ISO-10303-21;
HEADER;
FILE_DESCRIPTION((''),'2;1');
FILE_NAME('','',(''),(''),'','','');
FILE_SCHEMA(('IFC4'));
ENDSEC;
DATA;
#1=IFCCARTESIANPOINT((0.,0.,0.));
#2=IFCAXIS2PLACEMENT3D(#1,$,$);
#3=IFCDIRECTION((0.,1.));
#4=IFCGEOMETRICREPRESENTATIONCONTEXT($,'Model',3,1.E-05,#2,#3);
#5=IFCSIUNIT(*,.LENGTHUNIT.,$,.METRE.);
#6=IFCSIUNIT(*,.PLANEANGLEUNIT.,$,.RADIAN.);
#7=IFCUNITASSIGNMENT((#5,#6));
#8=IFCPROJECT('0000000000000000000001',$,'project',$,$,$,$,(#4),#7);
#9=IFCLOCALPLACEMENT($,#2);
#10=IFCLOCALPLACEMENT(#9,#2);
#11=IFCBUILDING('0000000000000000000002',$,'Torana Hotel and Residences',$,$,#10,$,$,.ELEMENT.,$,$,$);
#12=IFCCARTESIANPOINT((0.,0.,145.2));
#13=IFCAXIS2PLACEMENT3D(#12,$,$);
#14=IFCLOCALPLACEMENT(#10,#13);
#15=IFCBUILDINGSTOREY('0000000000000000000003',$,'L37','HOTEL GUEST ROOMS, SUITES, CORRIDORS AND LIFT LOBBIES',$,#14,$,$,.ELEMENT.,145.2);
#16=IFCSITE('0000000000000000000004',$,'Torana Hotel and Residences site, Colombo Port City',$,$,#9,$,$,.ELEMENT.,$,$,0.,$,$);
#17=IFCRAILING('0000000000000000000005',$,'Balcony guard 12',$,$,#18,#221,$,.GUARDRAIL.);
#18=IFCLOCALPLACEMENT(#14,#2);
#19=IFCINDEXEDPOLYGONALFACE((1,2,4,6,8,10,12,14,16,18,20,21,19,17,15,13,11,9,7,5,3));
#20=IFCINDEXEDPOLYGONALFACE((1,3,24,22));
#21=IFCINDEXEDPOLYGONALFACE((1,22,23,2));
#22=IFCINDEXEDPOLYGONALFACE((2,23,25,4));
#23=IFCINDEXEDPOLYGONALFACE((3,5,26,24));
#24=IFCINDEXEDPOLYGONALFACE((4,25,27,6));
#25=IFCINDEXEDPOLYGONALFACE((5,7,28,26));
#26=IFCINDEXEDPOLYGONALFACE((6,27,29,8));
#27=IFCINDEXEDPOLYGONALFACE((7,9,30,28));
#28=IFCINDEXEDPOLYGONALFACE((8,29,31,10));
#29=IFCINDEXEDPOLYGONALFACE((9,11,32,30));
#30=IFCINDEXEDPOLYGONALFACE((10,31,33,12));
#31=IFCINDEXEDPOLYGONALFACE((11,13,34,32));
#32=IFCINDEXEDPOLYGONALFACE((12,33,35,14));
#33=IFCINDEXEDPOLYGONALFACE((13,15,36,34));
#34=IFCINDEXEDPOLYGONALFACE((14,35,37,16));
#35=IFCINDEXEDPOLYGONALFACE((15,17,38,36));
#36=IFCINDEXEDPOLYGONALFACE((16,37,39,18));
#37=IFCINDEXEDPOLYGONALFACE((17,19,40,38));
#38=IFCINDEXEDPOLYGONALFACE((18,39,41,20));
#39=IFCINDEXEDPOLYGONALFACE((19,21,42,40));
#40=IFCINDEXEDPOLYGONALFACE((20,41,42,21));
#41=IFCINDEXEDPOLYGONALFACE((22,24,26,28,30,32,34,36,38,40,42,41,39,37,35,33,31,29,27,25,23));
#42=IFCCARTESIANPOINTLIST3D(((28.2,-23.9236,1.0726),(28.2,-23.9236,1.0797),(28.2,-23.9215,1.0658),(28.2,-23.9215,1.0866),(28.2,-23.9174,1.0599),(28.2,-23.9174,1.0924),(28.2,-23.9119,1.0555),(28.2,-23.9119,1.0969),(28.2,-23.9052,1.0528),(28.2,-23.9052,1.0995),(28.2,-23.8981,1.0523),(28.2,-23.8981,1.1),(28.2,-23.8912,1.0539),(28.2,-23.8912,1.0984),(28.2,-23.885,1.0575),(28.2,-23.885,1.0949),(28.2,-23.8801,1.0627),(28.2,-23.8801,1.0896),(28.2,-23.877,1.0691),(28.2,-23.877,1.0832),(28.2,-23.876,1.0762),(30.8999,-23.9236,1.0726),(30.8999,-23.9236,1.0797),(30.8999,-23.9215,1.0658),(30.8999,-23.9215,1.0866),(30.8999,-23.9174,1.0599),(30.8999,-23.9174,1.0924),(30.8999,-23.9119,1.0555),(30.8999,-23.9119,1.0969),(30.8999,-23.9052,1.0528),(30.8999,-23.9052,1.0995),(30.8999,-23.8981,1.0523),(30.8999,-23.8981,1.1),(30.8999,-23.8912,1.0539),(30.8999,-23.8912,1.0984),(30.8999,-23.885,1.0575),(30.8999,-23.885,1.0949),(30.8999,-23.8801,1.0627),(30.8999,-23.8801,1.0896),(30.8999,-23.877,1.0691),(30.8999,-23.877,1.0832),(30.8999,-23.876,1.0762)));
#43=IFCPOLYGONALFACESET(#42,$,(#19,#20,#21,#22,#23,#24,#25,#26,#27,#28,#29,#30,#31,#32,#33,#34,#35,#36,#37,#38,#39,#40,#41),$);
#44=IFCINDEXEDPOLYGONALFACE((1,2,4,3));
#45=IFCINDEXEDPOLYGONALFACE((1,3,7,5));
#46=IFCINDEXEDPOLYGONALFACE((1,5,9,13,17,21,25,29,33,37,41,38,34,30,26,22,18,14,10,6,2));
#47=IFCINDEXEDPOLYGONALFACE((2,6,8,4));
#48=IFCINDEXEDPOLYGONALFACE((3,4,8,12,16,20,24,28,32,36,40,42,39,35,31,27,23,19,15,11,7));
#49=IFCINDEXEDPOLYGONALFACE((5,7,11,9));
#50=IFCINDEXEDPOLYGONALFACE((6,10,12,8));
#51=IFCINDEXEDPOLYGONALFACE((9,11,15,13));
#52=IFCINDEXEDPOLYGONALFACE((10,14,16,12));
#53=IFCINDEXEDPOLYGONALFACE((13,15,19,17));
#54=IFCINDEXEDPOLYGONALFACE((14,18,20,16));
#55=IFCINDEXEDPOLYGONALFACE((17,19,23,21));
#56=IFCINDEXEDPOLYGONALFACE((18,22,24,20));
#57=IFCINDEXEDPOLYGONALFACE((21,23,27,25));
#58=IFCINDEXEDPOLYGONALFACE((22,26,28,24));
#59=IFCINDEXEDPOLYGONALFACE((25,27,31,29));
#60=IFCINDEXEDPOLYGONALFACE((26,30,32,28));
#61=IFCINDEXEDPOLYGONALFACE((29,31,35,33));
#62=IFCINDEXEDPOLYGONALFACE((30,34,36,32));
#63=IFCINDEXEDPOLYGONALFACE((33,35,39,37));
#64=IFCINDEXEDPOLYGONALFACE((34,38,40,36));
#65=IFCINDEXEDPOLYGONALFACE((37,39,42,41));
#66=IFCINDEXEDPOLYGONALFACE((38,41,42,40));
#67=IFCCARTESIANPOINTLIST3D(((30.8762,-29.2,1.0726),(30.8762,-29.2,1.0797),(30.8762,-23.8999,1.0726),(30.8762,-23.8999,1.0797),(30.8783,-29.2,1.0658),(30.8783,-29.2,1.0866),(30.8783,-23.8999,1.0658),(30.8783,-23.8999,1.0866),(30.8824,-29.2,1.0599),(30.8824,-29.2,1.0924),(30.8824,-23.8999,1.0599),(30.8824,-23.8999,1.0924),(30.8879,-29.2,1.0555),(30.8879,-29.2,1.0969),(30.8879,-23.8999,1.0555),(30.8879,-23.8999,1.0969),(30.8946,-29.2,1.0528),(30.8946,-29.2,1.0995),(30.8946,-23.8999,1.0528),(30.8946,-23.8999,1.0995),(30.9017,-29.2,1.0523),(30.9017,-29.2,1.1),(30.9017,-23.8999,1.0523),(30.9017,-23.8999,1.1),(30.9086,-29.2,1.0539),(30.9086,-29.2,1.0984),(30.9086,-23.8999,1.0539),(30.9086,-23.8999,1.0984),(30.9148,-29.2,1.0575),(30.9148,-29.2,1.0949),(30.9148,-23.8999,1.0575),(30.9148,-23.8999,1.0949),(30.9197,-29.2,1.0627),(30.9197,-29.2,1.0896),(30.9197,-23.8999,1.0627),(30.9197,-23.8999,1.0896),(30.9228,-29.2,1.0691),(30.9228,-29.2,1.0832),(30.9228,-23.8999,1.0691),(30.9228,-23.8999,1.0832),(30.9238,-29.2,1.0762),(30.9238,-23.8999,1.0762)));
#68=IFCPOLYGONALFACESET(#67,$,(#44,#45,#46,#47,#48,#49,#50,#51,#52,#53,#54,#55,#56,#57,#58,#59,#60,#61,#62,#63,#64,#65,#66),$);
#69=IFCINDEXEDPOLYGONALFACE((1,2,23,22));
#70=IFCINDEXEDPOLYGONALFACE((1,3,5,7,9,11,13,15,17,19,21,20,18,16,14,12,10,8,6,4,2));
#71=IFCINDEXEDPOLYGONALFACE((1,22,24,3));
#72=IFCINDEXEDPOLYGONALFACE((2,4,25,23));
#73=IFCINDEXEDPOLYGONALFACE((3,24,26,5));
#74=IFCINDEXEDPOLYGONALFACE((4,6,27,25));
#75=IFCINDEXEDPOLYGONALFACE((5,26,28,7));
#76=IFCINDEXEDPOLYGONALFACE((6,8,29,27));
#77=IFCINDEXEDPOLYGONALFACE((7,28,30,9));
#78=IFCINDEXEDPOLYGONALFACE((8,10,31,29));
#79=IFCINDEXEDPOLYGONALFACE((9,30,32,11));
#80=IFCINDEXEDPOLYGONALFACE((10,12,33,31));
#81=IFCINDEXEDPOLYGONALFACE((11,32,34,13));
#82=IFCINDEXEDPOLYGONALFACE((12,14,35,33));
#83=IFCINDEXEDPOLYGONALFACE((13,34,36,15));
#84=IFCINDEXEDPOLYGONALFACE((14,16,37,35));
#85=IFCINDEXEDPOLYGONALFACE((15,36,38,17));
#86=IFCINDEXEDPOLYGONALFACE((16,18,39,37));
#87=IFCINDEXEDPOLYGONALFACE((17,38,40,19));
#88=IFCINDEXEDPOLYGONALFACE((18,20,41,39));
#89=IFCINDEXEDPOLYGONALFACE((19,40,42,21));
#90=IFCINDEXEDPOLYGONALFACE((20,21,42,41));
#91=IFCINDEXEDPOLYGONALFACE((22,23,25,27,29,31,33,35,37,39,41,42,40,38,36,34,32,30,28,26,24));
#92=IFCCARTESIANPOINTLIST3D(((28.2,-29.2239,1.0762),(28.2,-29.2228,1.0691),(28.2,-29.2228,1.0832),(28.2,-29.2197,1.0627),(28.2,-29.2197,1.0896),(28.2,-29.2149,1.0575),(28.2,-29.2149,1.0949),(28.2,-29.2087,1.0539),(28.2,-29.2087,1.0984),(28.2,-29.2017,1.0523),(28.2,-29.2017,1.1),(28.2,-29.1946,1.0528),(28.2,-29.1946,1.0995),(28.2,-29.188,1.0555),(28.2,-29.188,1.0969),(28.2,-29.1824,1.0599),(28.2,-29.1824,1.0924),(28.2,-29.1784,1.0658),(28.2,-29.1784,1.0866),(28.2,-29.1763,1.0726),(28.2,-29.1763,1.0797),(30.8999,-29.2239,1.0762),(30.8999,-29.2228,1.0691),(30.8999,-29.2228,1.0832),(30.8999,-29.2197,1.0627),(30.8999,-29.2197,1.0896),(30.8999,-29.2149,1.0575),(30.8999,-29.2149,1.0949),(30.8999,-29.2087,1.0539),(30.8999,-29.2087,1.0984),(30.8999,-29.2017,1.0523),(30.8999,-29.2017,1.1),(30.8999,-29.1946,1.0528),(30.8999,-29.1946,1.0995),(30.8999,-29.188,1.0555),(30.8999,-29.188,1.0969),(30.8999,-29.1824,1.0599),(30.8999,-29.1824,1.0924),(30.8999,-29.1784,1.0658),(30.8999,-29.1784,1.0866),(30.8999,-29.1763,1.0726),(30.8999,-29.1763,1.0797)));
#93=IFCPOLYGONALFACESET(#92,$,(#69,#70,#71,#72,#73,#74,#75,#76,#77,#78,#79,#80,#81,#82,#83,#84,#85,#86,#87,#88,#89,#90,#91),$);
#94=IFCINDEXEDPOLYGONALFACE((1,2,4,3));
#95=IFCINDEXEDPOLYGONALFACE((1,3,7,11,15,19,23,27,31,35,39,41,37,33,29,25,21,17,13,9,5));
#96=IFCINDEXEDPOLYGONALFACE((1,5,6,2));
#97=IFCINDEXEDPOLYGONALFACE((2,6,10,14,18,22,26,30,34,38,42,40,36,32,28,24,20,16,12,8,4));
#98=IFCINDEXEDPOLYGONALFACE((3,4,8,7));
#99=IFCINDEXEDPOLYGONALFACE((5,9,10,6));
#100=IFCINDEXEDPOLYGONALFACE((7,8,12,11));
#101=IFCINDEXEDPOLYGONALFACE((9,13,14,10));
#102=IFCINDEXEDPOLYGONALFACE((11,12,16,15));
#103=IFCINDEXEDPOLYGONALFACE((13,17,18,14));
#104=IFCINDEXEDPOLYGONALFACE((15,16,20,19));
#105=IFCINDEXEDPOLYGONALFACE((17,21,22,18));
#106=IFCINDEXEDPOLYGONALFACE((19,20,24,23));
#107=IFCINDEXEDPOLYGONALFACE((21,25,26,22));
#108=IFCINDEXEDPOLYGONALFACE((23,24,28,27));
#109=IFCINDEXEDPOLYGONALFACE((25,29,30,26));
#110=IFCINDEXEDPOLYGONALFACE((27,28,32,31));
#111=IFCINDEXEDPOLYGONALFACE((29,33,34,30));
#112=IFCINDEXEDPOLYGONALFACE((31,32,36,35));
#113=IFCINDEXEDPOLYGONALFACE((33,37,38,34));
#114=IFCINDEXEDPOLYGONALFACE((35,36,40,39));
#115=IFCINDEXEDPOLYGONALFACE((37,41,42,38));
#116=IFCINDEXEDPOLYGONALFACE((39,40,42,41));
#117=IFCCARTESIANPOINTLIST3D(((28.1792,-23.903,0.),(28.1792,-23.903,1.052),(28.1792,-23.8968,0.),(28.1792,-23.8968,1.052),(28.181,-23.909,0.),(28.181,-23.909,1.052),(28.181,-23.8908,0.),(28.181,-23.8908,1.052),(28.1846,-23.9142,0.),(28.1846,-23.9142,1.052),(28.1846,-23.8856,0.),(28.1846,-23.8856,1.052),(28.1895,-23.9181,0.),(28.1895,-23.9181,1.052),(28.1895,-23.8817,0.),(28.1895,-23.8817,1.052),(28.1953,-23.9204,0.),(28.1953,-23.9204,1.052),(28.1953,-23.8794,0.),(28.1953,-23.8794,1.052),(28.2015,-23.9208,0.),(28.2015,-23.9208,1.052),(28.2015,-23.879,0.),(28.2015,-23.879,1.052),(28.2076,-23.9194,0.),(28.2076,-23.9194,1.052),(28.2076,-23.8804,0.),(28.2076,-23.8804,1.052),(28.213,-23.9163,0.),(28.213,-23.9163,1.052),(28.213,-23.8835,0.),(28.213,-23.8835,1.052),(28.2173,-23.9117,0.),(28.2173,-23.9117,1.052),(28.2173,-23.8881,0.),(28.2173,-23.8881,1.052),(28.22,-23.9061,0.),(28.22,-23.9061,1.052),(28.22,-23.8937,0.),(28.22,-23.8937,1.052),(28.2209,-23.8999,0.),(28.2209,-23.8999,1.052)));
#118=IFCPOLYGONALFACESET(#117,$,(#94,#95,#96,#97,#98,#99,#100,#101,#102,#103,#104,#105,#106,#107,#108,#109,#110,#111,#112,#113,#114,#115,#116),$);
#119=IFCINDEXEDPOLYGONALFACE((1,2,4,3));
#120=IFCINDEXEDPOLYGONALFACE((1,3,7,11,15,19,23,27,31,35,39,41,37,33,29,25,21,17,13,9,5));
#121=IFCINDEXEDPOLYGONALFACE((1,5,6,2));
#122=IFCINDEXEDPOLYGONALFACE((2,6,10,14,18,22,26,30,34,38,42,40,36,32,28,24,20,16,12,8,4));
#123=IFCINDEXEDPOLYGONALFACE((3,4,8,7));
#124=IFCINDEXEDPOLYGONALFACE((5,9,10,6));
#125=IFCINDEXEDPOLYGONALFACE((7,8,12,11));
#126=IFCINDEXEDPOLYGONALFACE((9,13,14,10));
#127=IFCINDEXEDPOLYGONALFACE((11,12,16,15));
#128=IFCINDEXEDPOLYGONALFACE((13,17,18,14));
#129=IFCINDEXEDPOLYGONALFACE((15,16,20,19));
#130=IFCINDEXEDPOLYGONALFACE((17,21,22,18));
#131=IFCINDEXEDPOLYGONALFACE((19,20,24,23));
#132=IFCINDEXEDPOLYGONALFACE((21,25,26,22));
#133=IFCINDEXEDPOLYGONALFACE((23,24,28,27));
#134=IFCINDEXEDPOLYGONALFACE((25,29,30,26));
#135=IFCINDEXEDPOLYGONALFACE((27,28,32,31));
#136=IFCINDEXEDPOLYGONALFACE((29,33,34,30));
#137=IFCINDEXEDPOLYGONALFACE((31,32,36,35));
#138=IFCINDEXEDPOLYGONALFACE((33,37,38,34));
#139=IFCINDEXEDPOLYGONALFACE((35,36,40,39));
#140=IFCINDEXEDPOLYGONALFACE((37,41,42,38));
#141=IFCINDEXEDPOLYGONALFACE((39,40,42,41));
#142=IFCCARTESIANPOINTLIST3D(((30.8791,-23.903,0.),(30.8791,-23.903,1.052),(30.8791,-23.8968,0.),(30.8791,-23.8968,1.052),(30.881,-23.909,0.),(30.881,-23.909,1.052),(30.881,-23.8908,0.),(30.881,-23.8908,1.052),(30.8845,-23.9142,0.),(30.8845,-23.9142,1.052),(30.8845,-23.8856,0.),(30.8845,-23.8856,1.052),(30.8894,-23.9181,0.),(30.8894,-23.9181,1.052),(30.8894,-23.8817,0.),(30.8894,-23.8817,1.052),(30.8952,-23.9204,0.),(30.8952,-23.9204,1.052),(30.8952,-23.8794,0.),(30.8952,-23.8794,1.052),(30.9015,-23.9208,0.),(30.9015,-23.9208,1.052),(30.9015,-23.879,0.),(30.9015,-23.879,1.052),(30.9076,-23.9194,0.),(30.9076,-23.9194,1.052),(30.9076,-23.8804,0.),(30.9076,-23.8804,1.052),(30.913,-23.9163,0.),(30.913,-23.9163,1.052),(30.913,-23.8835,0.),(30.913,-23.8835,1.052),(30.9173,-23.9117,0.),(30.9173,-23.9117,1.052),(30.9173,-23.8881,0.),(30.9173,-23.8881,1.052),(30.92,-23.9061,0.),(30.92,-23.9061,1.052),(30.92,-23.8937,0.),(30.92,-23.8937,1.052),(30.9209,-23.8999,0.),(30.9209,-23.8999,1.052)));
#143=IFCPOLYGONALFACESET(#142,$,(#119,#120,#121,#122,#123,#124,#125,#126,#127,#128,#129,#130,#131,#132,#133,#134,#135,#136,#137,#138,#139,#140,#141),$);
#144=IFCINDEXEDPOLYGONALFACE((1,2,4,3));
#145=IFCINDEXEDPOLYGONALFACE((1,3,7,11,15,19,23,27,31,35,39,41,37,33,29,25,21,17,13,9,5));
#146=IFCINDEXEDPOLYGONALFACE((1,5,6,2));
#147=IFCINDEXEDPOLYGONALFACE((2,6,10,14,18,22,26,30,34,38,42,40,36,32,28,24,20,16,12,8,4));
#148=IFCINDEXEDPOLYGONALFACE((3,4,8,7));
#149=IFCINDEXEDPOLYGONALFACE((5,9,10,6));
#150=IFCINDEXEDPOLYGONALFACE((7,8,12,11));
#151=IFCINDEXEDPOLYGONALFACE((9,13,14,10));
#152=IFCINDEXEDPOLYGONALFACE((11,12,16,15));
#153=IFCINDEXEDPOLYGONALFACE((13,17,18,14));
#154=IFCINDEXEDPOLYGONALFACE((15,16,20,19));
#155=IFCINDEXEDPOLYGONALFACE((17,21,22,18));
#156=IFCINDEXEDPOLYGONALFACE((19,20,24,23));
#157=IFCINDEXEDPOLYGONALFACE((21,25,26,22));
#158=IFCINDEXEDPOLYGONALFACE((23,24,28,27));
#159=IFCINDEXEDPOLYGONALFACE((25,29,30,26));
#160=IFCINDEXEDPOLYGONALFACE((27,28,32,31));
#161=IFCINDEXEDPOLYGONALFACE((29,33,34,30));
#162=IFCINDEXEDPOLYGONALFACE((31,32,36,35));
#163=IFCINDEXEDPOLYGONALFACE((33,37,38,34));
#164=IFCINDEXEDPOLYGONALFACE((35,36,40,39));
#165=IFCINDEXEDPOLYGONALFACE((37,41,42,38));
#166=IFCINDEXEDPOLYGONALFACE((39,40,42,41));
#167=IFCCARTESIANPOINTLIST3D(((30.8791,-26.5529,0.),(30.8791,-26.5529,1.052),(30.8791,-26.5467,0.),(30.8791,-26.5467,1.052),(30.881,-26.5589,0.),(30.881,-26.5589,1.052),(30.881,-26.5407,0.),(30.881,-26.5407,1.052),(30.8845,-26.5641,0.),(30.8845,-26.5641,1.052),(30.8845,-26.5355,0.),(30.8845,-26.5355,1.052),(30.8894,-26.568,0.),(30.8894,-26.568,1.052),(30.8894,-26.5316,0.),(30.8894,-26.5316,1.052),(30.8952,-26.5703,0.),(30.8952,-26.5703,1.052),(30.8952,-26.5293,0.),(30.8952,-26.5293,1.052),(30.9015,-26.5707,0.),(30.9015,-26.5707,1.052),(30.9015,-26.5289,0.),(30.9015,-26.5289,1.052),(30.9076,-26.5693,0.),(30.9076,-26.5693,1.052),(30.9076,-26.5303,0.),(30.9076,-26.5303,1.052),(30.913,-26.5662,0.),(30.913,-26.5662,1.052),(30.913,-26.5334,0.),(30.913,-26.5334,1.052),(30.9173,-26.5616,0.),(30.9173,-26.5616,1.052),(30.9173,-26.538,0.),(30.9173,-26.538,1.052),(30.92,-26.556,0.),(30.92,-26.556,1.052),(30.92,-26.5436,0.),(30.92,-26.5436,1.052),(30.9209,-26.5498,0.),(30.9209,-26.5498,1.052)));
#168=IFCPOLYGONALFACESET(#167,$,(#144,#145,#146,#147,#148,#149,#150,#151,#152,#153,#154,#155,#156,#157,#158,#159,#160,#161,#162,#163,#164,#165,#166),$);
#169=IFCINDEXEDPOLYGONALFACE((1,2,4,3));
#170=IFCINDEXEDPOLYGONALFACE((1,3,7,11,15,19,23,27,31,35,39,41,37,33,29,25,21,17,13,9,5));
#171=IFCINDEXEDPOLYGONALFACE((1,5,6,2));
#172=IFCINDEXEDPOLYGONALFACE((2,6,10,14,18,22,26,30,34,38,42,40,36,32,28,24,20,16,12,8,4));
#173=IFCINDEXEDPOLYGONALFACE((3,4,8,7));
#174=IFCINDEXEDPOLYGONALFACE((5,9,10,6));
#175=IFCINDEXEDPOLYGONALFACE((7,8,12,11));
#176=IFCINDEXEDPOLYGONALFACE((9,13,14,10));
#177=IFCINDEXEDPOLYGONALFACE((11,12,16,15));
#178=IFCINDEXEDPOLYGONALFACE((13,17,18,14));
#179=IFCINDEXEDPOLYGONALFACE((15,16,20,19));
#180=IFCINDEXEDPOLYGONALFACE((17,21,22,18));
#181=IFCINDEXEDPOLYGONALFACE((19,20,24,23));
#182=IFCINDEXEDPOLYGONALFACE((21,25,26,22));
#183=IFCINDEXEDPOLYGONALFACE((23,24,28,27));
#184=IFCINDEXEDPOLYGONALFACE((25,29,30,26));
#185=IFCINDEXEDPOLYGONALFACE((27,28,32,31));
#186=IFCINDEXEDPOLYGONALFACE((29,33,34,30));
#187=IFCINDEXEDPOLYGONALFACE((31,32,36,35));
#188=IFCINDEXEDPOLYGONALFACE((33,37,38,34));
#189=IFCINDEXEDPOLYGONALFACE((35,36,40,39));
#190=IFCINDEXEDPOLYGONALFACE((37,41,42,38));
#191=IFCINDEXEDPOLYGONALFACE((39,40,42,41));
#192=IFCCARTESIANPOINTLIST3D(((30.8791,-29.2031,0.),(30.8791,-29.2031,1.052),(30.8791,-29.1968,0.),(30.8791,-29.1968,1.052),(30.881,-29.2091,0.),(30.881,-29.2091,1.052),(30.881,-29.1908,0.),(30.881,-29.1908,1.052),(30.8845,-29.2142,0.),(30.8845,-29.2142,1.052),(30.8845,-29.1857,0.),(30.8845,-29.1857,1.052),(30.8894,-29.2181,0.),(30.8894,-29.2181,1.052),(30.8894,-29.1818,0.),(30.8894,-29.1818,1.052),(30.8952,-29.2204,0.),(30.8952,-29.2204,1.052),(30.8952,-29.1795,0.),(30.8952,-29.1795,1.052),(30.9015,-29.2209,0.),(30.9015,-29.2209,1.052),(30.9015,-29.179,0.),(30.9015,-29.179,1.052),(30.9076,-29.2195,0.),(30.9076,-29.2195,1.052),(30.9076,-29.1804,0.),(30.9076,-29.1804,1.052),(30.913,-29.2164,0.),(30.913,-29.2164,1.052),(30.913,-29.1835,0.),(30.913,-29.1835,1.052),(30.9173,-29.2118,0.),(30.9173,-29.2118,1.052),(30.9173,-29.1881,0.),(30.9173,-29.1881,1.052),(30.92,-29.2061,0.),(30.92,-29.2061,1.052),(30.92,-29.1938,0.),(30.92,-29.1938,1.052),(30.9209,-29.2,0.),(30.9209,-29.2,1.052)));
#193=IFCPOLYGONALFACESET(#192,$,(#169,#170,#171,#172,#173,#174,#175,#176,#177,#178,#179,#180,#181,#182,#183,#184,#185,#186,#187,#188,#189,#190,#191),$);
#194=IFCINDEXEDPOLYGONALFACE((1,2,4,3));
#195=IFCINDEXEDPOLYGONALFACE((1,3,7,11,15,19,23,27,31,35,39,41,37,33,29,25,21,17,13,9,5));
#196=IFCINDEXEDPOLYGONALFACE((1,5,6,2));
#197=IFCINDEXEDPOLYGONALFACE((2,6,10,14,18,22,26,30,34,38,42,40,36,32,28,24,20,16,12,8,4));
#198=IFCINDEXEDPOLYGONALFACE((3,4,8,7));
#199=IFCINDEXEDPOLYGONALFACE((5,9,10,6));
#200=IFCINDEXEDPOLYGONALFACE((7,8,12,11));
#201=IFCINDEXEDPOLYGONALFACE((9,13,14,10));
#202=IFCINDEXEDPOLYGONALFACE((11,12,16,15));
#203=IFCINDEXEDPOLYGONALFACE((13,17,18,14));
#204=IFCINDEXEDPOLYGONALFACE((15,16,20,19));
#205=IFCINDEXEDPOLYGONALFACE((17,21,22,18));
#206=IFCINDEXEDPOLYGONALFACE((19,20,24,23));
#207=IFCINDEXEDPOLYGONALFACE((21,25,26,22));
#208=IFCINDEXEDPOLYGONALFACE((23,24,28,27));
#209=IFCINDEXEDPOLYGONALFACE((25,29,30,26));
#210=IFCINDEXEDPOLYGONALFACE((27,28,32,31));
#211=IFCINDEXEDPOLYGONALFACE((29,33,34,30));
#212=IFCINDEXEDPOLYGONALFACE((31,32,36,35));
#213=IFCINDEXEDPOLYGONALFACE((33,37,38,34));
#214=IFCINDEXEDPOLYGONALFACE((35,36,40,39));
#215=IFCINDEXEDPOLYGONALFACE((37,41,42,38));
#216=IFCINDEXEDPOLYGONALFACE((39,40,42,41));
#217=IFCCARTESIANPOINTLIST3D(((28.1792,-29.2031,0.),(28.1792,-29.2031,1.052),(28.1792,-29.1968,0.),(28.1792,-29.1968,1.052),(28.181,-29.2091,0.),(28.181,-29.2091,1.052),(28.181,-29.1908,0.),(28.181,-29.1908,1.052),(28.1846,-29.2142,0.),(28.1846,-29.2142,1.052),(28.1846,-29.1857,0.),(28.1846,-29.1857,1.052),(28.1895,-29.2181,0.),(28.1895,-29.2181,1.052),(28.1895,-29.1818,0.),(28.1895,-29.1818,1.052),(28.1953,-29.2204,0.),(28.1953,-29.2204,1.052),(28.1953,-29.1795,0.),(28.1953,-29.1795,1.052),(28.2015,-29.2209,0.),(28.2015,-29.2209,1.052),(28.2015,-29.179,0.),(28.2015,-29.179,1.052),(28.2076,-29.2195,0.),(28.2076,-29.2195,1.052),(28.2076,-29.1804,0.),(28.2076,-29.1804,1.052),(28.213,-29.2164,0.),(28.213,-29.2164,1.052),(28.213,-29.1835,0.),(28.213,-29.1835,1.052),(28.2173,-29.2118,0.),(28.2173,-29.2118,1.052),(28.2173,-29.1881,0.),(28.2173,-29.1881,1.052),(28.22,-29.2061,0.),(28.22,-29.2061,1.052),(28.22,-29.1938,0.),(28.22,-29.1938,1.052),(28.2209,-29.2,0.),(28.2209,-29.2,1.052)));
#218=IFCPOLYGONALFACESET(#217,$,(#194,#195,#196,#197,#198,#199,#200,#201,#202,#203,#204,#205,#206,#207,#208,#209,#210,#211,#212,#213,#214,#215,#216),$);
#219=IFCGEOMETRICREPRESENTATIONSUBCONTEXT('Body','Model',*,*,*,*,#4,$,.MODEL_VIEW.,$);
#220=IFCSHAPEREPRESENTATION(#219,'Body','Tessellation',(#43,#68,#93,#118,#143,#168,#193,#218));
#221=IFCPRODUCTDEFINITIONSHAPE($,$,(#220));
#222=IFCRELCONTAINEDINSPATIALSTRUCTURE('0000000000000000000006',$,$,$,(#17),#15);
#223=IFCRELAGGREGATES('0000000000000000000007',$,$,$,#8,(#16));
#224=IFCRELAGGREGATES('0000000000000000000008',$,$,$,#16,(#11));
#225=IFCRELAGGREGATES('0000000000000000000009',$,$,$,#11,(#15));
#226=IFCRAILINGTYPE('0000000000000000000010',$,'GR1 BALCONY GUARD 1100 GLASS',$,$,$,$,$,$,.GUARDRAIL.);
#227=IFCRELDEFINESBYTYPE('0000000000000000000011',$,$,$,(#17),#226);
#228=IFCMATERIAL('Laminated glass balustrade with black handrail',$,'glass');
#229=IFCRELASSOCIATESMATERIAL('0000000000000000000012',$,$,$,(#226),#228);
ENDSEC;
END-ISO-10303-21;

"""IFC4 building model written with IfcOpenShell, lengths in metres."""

from ifc_helpers import new_model, si_unit, direction, frame, origin, origin_2d, place, context, subcontext, project, spatial, circle, extrude, material, type_object, element, save


model = new_model("IFC4")

# Units and contexts
model_context = context("Model", 3, precision=1e-05, world=origin(), true_north=direction((0.0, 1.0)))
body_context = subcontext(model_context, "Body", "Model", "MODEL_VIEW")
ifc_project = project(units=[si_unit("LENGTHUNIT", "METRE"), si_unit("PLANEANGLEUNIT", "RADIAN")], contexts=[model_context])

# Site, building, storey
site_placement = place(None, origin())
site = spatial("IfcSite", under=ifc_project, at=site_placement, Name="Torana Hotel and Residences site, Colombo Port City", CompositionType="ELEMENT", RefElevation=0.0)
building_placement = place(site_placement, origin())
building = spatial("IfcBuilding", under=site, at=building_placement, Name="Torana Hotel and Residences", CompositionType="ELEMENT")
storey_placement = place(building_placement, frame((0.0, 0.0, 145.2)))
storey = spatial("IfcBuildingStorey", under=building, at=storey_placement, Name="L37", Description="HOTEL GUEST ROOMS, SUITES, CORRIDORS AND LIFT LOBBIES", CompositionType="ELEMENT", Elevation=145.2)

# Railing
ifc_material_1 = material(Name="Laminated glass balustrade with black handrail", Category="glass")
railing_type = type_object("IfcRailingType", Name="GR1 BALCONY GUARD 1100 GLASS", PredefinedType="GUARDRAIL", material=ifc_material_1)
railing_1_placement = place(storey_placement, frame((28.2, -23.8999, 0.0)))
element("IfcRailing", 1, at=railing_1_placement, inside=storey, type_object=railing_type, Name="Balcony guard 12", PredefinedType="GUARDRAIL", context=body_context, shape_type="SweptSolid", body=[
    extrude(circle(Radius=0.0239, at=origin_2d()), frame((0.0, 0.0, 1.0762), z_axis=(1.0, 0.0, 0.0), x_axis=(0.0, 1.0, 0.0)), (0.0, 0.0, 1.0), 2.7),
    extrude(circle(Radius=0.0239, at=origin_2d()), frame((2.7, 0.0, 1.0762), z_axis=(0.0, -1.0, 0.0), x_axis=(1.0, 0.0, 0.0)), (0.0, 0.0, 1.0), 5.3),
    extrude(circle(Radius=0.0239, at=origin_2d()), frame((2.7, -5.3, 1.0762), z_axis=(-1.0, 0.0, 0.0), x_axis=(0.0, -1.0, 0.0)), (0.0, 0.0, 1.0), 2.7),
    extrude(circle(Radius=0.021, at=origin_2d()), origin(), (0.0, 0.0, 1.0), 1.052),
    extrude(circle(Radius=0.021, at=origin_2d()), frame((2.7, 0.0, 0.0)), (0.0, 0.0, 1.0), 1.052),
    extrude(circle(Radius=0.021, at=origin_2d()), frame((2.7, -2.6499, 0.0)), (0.0, 0.0, 1.0), 1.052),
    extrude(circle(Radius=0.021, at=origin_2d()), frame((2.7, -5.3, 0.0)), (0.0, 0.0, 1.0), 1.052),
    extrude(circle(Radius=0.021, at=origin_2d()), frame((0.0, -5.3, 0.0)), (0.0, 0.0, 1.0), 1.052),
])

save(model, "model.ifc")
